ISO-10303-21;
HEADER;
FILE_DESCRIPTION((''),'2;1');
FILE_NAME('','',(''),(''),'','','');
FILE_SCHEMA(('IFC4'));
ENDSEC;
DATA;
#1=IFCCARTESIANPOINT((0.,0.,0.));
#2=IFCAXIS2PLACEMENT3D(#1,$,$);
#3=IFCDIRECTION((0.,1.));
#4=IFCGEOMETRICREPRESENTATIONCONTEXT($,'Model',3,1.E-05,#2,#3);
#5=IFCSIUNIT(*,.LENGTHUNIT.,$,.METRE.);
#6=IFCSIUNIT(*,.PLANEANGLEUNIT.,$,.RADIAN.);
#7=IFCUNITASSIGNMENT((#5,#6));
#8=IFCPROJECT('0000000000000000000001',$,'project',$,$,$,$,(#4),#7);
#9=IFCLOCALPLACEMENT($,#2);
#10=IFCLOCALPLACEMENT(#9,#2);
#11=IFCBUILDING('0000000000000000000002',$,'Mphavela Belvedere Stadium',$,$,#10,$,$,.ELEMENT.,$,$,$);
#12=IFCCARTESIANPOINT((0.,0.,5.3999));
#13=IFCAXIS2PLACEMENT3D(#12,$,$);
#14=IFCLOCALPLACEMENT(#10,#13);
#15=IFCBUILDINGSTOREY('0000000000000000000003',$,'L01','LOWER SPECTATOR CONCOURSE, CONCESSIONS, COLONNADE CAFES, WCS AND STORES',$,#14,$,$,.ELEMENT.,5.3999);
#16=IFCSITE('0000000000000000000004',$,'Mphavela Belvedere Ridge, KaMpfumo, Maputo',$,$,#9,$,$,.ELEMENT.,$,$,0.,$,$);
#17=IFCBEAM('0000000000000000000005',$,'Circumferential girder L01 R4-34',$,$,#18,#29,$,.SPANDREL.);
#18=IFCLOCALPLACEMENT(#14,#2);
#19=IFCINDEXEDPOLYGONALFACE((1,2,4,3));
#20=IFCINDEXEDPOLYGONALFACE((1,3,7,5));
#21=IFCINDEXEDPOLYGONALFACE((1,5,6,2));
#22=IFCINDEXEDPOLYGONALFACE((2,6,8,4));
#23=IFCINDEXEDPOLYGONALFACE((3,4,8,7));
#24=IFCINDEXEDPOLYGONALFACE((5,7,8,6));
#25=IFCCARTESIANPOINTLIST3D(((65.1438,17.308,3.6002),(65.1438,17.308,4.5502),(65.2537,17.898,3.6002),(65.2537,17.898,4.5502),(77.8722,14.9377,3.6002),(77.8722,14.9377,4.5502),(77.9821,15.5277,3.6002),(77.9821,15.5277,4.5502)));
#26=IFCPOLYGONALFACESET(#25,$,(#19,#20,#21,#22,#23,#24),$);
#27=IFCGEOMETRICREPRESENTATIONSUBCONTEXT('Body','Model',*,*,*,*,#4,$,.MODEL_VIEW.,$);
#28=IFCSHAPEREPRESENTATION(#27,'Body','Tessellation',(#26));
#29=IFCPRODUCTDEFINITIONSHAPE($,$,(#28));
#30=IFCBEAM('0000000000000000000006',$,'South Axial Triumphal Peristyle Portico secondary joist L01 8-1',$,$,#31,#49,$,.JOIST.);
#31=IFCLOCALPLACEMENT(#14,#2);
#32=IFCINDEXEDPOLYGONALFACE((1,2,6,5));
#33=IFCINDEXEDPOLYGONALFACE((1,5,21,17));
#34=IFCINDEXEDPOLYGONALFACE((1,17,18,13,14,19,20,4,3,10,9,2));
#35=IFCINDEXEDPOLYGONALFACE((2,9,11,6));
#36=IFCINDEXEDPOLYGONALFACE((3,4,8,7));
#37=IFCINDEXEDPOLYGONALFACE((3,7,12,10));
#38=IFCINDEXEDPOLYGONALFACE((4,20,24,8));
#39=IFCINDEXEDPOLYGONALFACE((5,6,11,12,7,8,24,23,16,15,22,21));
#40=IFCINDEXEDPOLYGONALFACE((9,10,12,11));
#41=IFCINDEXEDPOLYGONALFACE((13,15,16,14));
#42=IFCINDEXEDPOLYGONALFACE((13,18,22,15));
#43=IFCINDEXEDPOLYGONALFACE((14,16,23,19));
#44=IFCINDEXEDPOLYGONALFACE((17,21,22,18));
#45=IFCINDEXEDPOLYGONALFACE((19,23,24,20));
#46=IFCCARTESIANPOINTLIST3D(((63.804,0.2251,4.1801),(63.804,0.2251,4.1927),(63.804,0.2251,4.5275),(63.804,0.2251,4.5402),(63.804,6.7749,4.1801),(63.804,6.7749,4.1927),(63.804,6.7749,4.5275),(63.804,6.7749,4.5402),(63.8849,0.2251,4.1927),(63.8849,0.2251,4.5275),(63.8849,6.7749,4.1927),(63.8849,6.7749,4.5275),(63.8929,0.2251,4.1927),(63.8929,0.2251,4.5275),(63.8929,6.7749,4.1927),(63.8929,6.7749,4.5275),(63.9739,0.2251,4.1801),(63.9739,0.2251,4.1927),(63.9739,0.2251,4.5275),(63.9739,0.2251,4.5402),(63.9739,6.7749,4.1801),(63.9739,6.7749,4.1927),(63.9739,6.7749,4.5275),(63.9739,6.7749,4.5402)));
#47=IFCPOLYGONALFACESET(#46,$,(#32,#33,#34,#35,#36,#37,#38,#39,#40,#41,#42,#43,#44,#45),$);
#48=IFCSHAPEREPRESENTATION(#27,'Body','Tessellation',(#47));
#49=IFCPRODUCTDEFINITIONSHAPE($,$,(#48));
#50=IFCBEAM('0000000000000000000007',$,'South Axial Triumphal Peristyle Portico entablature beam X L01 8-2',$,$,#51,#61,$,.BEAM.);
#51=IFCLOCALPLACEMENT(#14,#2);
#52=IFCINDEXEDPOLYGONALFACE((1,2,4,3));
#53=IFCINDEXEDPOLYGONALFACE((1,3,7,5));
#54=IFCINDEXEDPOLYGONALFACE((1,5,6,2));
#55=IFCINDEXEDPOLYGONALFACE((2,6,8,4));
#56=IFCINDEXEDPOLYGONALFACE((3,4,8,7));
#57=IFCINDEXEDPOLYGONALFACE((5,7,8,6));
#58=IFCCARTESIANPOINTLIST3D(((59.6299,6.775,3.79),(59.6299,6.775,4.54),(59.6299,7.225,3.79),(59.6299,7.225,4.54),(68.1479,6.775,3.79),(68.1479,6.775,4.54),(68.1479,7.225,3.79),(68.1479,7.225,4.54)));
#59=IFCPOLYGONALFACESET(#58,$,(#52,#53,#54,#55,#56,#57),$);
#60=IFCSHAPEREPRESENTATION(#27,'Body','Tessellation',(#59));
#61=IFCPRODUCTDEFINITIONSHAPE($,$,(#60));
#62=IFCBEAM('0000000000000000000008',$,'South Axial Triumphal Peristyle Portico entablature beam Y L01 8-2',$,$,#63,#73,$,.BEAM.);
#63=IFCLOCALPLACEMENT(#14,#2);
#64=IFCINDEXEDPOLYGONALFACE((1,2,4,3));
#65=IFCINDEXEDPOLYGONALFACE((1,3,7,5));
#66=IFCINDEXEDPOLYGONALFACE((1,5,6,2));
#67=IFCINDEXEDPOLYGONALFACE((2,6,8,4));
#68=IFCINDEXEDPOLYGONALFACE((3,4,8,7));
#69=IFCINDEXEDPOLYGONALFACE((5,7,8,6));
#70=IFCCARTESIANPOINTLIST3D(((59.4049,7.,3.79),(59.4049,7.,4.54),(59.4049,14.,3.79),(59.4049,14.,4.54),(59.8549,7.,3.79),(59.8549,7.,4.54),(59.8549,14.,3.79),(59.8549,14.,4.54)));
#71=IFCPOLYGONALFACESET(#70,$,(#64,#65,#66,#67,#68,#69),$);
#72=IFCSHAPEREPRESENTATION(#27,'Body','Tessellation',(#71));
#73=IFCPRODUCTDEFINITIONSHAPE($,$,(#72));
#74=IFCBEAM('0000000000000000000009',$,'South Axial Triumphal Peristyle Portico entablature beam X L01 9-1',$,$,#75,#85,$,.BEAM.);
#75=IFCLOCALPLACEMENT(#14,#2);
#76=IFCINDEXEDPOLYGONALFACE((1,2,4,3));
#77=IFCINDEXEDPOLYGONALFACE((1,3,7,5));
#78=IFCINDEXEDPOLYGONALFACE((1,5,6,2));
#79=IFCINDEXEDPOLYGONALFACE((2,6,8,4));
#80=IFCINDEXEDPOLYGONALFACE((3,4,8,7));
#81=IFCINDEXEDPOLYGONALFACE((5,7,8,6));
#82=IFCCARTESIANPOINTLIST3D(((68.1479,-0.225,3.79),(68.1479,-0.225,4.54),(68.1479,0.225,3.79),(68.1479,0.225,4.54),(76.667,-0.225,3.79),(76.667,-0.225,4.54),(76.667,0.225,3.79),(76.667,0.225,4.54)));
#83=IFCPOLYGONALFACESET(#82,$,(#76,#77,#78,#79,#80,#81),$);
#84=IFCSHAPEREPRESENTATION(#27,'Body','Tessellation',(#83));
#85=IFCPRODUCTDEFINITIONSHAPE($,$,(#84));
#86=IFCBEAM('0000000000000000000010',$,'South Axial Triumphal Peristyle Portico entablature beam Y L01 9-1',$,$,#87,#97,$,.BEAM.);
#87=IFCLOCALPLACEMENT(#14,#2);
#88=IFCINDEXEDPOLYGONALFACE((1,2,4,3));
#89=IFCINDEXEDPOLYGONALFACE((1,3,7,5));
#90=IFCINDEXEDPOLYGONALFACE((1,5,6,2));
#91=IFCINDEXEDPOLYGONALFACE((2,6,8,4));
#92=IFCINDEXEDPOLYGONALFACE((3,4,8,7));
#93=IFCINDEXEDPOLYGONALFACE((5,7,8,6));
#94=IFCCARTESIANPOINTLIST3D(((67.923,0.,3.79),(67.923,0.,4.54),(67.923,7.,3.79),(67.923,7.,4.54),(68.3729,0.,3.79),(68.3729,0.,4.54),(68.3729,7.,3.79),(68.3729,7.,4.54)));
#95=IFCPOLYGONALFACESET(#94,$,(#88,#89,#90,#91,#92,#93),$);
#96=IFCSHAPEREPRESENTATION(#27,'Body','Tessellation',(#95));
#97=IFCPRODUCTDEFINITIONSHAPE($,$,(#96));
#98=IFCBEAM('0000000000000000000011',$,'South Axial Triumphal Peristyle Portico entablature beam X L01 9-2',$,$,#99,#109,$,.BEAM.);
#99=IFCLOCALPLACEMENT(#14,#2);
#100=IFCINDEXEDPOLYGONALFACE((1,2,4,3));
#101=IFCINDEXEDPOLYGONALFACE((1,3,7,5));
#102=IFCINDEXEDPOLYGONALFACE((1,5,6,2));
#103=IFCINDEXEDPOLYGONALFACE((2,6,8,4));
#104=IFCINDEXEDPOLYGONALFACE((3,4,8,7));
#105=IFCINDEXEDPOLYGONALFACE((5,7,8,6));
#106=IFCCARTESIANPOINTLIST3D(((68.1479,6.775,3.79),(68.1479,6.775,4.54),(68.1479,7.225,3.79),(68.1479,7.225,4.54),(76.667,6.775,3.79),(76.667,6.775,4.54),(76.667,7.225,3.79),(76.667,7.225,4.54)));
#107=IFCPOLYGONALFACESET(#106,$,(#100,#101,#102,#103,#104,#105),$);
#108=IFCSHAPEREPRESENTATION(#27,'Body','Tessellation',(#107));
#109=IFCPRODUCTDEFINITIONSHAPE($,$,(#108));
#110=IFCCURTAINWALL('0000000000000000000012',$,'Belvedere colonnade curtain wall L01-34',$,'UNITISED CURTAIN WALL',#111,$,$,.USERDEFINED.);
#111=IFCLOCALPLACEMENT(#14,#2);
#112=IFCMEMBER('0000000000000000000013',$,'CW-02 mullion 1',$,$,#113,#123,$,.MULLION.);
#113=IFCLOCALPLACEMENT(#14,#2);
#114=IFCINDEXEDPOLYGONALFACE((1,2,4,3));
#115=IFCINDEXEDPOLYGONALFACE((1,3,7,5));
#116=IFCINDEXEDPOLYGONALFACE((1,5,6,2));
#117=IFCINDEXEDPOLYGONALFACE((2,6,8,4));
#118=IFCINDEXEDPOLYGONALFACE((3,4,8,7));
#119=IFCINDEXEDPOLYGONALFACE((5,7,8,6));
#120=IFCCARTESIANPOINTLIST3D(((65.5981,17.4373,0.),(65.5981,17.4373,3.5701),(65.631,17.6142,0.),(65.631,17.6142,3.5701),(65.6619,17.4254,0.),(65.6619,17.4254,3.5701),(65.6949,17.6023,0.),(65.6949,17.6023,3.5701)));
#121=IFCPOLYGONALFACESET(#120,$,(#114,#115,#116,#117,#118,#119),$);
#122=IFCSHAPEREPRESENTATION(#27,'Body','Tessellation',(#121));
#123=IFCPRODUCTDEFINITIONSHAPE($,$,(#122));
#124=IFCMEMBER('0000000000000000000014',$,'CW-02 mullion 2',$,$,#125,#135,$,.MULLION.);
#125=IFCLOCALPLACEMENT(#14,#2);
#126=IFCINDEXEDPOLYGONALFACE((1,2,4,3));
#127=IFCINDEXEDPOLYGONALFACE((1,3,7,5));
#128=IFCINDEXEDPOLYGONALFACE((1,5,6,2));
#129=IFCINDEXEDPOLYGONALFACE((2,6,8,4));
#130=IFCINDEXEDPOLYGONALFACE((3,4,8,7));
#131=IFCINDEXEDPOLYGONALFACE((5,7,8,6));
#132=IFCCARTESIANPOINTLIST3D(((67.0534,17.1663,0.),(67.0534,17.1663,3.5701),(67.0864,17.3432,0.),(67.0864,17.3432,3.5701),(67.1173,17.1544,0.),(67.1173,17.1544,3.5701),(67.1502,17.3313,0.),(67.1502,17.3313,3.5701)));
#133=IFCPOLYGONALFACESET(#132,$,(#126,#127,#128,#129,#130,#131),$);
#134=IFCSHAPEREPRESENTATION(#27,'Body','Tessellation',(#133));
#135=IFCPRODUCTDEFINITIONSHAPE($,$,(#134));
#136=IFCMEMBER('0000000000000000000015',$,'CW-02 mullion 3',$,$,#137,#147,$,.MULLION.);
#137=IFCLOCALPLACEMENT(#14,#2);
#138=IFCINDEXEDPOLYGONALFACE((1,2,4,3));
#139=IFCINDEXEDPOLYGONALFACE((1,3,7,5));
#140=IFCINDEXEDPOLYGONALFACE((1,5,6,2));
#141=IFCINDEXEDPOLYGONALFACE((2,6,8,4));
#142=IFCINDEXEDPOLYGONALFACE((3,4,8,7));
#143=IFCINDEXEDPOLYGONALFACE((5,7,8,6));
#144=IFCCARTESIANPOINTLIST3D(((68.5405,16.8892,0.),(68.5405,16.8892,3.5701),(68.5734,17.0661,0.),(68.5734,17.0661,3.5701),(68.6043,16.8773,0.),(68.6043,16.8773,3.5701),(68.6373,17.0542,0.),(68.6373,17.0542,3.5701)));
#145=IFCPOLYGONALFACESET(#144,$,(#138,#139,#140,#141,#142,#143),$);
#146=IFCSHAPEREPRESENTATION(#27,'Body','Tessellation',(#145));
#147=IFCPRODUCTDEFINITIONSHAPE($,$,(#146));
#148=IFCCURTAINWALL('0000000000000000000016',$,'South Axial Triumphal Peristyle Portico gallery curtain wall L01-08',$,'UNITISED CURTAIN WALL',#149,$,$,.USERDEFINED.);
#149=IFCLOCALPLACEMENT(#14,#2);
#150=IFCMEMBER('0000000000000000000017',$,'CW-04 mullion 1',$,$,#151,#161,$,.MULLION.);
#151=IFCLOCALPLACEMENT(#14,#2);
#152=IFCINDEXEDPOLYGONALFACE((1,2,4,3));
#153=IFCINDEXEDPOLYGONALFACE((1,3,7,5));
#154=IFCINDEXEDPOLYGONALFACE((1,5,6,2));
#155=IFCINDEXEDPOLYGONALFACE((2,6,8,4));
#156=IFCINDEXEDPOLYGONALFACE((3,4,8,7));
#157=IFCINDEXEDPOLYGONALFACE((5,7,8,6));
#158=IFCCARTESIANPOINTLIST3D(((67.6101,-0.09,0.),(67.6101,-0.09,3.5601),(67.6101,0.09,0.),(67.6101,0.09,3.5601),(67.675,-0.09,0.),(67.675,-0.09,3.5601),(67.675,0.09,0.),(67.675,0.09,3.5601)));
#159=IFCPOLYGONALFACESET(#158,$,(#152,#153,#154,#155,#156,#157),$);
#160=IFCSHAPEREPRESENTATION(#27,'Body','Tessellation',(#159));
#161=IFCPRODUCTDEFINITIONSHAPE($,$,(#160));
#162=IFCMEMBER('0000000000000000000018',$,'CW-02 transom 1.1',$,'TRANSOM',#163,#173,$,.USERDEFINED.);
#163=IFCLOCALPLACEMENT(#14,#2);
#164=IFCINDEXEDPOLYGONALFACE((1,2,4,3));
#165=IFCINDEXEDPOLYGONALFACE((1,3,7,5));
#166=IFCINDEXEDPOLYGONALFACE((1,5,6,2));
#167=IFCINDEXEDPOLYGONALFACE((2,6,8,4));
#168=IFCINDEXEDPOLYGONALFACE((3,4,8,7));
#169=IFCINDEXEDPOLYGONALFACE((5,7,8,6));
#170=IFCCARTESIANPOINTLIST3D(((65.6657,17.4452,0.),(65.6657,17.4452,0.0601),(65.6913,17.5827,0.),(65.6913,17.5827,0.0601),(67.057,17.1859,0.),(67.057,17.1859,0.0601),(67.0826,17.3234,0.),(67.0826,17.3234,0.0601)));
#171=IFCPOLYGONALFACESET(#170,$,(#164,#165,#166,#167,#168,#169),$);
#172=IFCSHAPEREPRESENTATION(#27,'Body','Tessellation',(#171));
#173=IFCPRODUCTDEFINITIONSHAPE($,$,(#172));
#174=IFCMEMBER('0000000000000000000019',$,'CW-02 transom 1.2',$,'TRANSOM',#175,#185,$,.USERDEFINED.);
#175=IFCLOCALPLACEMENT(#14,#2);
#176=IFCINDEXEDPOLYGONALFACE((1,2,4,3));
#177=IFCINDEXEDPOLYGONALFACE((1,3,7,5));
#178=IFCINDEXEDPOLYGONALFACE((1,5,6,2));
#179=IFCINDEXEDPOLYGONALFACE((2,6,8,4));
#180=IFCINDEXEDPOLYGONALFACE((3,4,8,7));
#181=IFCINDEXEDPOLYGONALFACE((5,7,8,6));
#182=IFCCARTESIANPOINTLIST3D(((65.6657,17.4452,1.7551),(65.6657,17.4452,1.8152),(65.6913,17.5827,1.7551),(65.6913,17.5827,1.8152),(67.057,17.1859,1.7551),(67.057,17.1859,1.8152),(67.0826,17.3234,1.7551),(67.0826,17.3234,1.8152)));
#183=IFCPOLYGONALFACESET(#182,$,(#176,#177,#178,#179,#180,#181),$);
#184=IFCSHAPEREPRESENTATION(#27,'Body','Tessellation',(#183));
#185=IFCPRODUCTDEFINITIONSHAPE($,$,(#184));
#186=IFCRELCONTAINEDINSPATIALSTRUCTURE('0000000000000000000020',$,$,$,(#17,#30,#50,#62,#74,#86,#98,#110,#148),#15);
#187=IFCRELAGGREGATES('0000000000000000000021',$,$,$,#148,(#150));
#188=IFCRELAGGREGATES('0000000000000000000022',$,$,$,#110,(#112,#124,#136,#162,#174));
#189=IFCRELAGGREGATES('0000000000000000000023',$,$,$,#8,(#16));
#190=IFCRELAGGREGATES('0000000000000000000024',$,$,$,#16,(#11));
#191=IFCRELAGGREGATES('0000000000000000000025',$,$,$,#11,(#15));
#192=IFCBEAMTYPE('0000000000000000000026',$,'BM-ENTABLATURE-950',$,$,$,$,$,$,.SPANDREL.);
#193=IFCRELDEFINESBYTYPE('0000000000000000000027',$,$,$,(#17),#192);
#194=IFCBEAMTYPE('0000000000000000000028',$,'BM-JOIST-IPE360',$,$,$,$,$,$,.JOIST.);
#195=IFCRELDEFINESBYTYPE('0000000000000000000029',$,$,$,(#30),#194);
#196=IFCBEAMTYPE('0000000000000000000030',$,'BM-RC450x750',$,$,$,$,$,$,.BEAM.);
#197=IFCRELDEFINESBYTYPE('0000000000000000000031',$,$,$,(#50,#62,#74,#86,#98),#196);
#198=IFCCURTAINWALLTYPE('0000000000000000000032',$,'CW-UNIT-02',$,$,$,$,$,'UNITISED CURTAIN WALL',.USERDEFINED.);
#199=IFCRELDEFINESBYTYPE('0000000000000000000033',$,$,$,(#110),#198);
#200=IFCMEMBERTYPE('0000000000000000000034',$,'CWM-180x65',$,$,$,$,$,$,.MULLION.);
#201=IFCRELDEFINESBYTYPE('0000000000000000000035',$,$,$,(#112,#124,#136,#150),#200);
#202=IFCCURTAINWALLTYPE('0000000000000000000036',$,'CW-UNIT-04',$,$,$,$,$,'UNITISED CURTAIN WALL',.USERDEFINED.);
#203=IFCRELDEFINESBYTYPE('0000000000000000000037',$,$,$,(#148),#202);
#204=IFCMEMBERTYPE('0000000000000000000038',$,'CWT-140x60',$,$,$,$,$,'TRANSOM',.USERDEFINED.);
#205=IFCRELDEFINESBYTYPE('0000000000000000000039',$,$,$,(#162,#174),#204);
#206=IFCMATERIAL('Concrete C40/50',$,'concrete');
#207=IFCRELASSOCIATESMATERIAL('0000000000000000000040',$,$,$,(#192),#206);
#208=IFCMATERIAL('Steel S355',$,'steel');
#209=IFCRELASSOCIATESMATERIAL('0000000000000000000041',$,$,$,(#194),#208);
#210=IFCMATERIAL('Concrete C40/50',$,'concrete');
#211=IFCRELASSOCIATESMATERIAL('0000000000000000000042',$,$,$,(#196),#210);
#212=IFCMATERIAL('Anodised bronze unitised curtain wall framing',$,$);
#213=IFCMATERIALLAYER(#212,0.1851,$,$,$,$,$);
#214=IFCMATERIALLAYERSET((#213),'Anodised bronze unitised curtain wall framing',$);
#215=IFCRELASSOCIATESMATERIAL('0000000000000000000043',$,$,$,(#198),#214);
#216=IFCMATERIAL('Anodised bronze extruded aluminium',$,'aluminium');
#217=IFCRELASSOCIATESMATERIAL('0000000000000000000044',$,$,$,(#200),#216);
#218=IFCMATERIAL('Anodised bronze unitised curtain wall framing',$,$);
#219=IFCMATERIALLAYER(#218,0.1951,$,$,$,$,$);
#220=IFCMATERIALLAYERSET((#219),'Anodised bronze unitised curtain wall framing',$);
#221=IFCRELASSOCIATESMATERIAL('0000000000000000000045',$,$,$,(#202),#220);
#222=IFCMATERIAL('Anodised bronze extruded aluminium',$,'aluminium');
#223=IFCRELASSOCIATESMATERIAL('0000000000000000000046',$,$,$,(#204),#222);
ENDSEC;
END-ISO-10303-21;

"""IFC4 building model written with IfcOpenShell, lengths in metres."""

from ifc_helpers import new_model, si_unit, direction, frame, origin, origin_2d, place, context, subcontext, project, spatial, rectangle, i_section, extrude, material, layer, layer_set, material_profile, profile_set, type_object, element, aggregate, save


model = new_model("IFC4")

# Units and contexts
model_context = context("Model", 3, precision=1e-05, world=origin(), true_north=direction((0.0, 1.0)))
body_context = subcontext(model_context, "Body", "Model", "MODEL_VIEW")
ifc_project = project(units=[si_unit("LENGTHUNIT", "METRE"), si_unit("PLANEANGLEUNIT", "RADIAN")], contexts=[model_context])

# Site, building, storey
site_placement = place(None, origin())
site = spatial("IfcSite", under=ifc_project, at=site_placement, Name="Mphavela Belvedere Ridge, KaMpfumo, Maputo", CompositionType="ELEMENT", RefElevation=0.0)
building_placement = place(site_placement, origin())
building = spatial("IfcBuilding", under=site, at=building_placement, Name="Mphavela Belvedere Stadium", CompositionType="ELEMENT")
storey_placement = place(building_placement, frame((0.0, 0.0, 5.3999)))
storey = spatial("IfcBuildingStorey", under=building, at=storey_placement, Name="L01", Description="LOWER SPECTATOR CONCOURSE, CONCESSIONS, COLONNADE CAFES, WCS AND STORES", CompositionType="ELEMENT", Elevation=5.3999)

# Beams
ifc_material_1 = material(Name="Concrete C40/50", Category="concrete")
ifc_material_profile_1 = material_profile(ifc_material_1, rectangle(XDim=0.6001, YDim=0.95, at=origin_2d()), Name="RC 600x950")
ifc_profile_set_1 = profile_set([ifc_material_profile_1], Name="Concrete C40/50")
beam_type_1 = type_object("IfcBeamType", Name="BM-ENTABLATURE-950", PredefinedType="SPANDREL", material=ifc_profile_set_1)
beam_1_placement = place(storey_placement, frame((65.1987, 17.603, 4.0752), z_axis=(0.983099, -0.183077, 0.0), x_axis=(0.183077, 0.983099, 0.0)))
element("IfcBeam", 1, at=beam_1_placement, inside=storey, type_object=beam_type_1, Name="Circumferential girder L01 R4-34", PredefinedType="SPANDREL", context=body_context, shape_type="SweptSolid", body=[
    extrude(rectangle(XDim=0.6001, YDim=0.95, at=origin_2d()), origin(), (0.0, 0.0, 1.0), 12.9473),
])
ifc_material_2 = material(Name="Steel S355", Category="steel")
ifc_material_profile_2 = material_profile(ifc_material_2, i_section(OverallWidth=0.1699, OverallDepth=0.3601, WebThickness=0.0081, FlangeThickness=0.0127, at=origin_2d()), Name="IPE 360")
ifc_profile_set_2 = profile_set([ifc_material_profile_2], Name="Steel S355")
beam_type_2 = type_object("IfcBeamType", Name="BM-JOIST-IPE360", PredefinedType="JOIST", material=ifc_profile_set_2)
beam_2_placement = place(storey_placement, frame((63.8889, 0.2251, 4.3601), z_axis=(0.0, 1.0, 0.0), x_axis=(-1.0, 0.0, 0.0)))
element("IfcBeam", 2, at=beam_2_placement, inside=storey, type_object=beam_type_2, Name="South Axial Triumphal Peristyle Portico secondary joist L01 8-1", PredefinedType="JOIST", context=body_context, shape_type="SweptSolid", body=[
    extrude(i_section(OverallWidth=0.1699, OverallDepth=0.3601, WebThickness=0.0081, FlangeThickness=0.0127, at=origin_2d()), origin(), (0.0, 0.0, 1.0), 6.5498),
])
ifc_material_3 = material(Name="Concrete C40/50", Category="concrete")
ifc_material_profile_3 = material_profile(ifc_material_3, rectangle(XDim=0.45, YDim=0.75, at=origin_2d()), Name="RC 450x750")
ifc_profile_set_3 = profile_set([ifc_material_profile_3], Name="Concrete C40/50")
beam_type_3 = type_object("IfcBeamType", Name="BM-RC450x750", PredefinedType="BEAM", material=ifc_profile_set_3)
beam_3_placement = place(storey_placement, frame((59.6299, 7.0, 4.165), z_axis=(1.0, 0.0, 0.0), x_axis=(0.0, 1.0, 0.0)))
element("IfcBeam", 3, at=beam_3_placement, inside=storey, type_object=beam_type_3, Name="South Axial Triumphal Peristyle Portico entablature beam X L01 8-2", PredefinedType="BEAM", context=body_context, shape_type="SweptSolid", body=[
    extrude(rectangle(XDim=0.45, YDim=0.75, at=origin_2d()), origin(), (0.0, 0.0, 1.0), 8.5181),
])
beam_4_placement = place(storey_placement, frame((59.6299, 7.0, 4.165), z_axis=(0.0, 1.0, 0.0), x_axis=(-1.0, 0.0, 0.0)))
element("IfcBeam", 4, at=beam_4_placement, inside=storey, type_object=beam_type_3, Name="South Axial Triumphal Peristyle Portico entablature beam Y L01 8-2", PredefinedType="BEAM", context=body_context, shape_type="SweptSolid", body=[
    extrude(rectangle(XDim=0.45, YDim=0.75, at=origin_2d()), origin(), (0.0, 0.0, 1.0), 7.0),
])
beam_5_placement = place(storey_placement, frame((68.1479, 0.0, 4.165), z_axis=(1.0, 0.0, 0.0), x_axis=(0.0, 1.0, 0.0)))
element("IfcBeam", 5, at=beam_5_placement, inside=storey, type_object=beam_type_3, Name="South Axial Triumphal Peristyle Portico entablature beam X L01 9-1", PredefinedType="BEAM", context=body_context, shape_type="SweptSolid", body=[
    extrude(rectangle(XDim=0.45, YDim=0.75, at=origin_2d()), origin(), (0.0, 0.0, 1.0), 8.519),
])
beam_6_placement = place(storey_placement, frame((68.1479, 0.0, 4.165), z_axis=(0.0, 1.0, 0.0), x_axis=(-1.0, 0.0, 0.0)))
element("IfcBeam", 6, at=beam_6_placement, inside=storey, type_object=beam_type_3, Name="South Axial Triumphal Peristyle Portico entablature beam Y L01 9-1", PredefinedType="BEAM", context=body_context, shape_type="SweptSolid", body=[
    extrude(rectangle(XDim=0.45, YDim=0.75, at=origin_2d()), origin(), (0.0, 0.0, 1.0), 7.0),
])
beam_7_placement = place(storey_placement, frame((68.1479, 7.0, 4.165), z_axis=(1.0, 0.0, 0.0), x_axis=(0.0, 1.0, 0.0)))
element("IfcBeam", 7, at=beam_7_placement, inside=storey, type_object=beam_type_3, Name="South Axial Triumphal Peristyle Portico entablature beam X L01 9-2", PredefinedType="BEAM", context=body_context, shape_type="SweptSolid", body=[
    extrude(rectangle(XDim=0.45, YDim=0.75, at=origin_2d()), origin(), (0.0, 0.0, 1.0), 8.519),
])

# Curtain wall, members
ifc_material_4 = material(Name="Anodised bronze unitised curtain wall framing")
ifc_layer_1 = layer(ifc_material_4, 0.1851)
ifc_layer_set_1 = layer_set([ifc_layer_1], Name="Anodised bronze unitised curtain wall framing")
curtain_wall_type_1 = type_object("IfcCurtainWallType", Name="CW-UNIT-02", ElementType="UNITISED CURTAIN WALL", PredefinedType="USERDEFINED", material=ifc_layer_set_1)
curtain_wall_1_placement = place(storey_placement, origin())
curtain_wall_1 = element("IfcCurtainWall", 8, at=curtain_wall_1_placement, inside=storey, type_object=curtain_wall_type_1, Name="Belvedere colonnade curtain wall L01-34", ObjectType="UNITISED CURTAIN WALL", PredefinedType="USERDEFINED")
ifc_material_5 = material(Name="Anodised bronze extruded aluminium", Category="aluminium")
ifc_material_profile_4 = material_profile(ifc_material_5, rectangle(XDim=0.1799, YDim=0.0649, at=origin_2d()), Name="CW-MUL 180x65")
ifc_profile_set_4 = profile_set([ifc_material_profile_4], Name="Anodised bronze extruded aluminium")
member_type_1 = type_object("IfcMemberType", Name="CWM-180x65", PredefinedType="MULLION", material=ifc_profile_set_4)
member_1_placement = place(storey_placement, frame((65.6465, 17.5198, 0.0), z_axis=(0.0, 0.0, 1.0), x_axis=(0.183095, 0.983095, 0.0)))
member_1 = element("IfcMember", 9, at=member_1_placement, type_object=member_type_1, Name="CW-02 mullion 1", PredefinedType="MULLION", context=body_context, shape_type="SweptSolid", body=[
    extrude(rectangle(XDim=0.1799, YDim=0.0649, at=origin_2d()), origin(), (0.0, 0.0, 1.0), 3.5701),
])
member_2_placement = place(storey_placement, frame((67.1018, 17.2488, 0.0), z_axis=(0.0, 0.0, 1.0), x_axis=(0.183095, 0.983095, 0.0)))
member_2 = element("IfcMember", 10, at=member_2_placement, type_object=member_type_1, Name="CW-02 mullion 2", PredefinedType="MULLION", context=body_context, shape_type="SweptSolid", body=[
    extrude(rectangle(XDim=0.1799, YDim=0.0649, at=origin_2d()), origin(), (0.0, 0.0, 1.0), 3.5701),
])
member_3_placement = place(storey_placement, frame((68.5889, 16.9717, 0.0), z_axis=(0.0, 0.0, 1.0), x_axis=(0.183095, 0.983095, 0.0)))
member_3 = element("IfcMember", 11, at=member_3_placement, type_object=member_type_1, Name="CW-02 mullion 3", PredefinedType="MULLION", context=body_context, shape_type="SweptSolid", body=[
    extrude(rectangle(XDim=0.1799, YDim=0.0649, at=origin_2d()), origin(), (0.0, 0.0, 1.0), 3.5701),
])

# Curtain wall, member
ifc_material_6 = material(Name="Anodised bronze unitised curtain wall framing")
ifc_layer_2 = layer(ifc_material_6, 0.1951)
ifc_layer_set_2 = layer_set([ifc_layer_2], Name="Anodised bronze unitised curtain wall framing")
curtain_wall_type_2 = type_object("IfcCurtainWallType", Name="CW-UNIT-04", ElementType="UNITISED CURTAIN WALL", PredefinedType="USERDEFINED", material=ifc_layer_set_2)
curtain_wall_2_placement = place(storey_placement, origin())
curtain_wall_2 = element("IfcCurtainWall", 12, at=curtain_wall_2_placement, inside=storey, type_object=curtain_wall_type_2, Name="South Axial Triumphal Peristyle Portico gallery curtain wall L01-08", ObjectType="UNITISED CURTAIN WALL", PredefinedType="USERDEFINED")
member_4_placement = place(storey_placement, frame((67.6426, 0.0, 0.0), z_axis=(0.0, 0.0, 1.0), x_axis=(0.0, -1.0, 0.0)))
member_4 = element("IfcMember", 13, at=member_4_placement, type_object=member_type_1, Name="CW-04 mullion 1", PredefinedType="MULLION", context=body_context, shape_type="SweptSolid", body=[
    extrude(rectangle(XDim=0.1799, YDim=0.0649, at=origin_2d()), origin(), (0.0, 0.0, 1.0), 3.5601),
])

# Members
ifc_material_7 = material(Name="Anodised bronze extruded aluminium", Category="aluminium")
ifc_material_profile_5 = material_profile(ifc_material_7, rectangle(XDim=0.1399, YDim=0.0601, at=origin_2d()), Name="CW-TRN 140x60")
ifc_profile_set_5 = profile_set([ifc_material_profile_5], Name="Anodised bronze extruded aluminium")
member_type_2 = type_object("IfcMemberType", Name="CWT-140x60", ElementType="TRANSOM", PredefinedType="USERDEFINED", material=ifc_profile_set_5)
member_5_placement = place(storey_placement, frame((65.6785, 17.5139, 0.03), z_axis=(0.983077, -0.183195, 0.0), x_axis=(0.183195, 0.983077, 0.0)))
member_5 = element("IfcMember", 14, at=member_5_placement, type_object=member_type_2, Name="CW-02 transom 1.1", ObjectType="TRANSOM", PredefinedType="USERDEFINED", context=body_context, shape_type="SweptSolid", body=[
    extrude(rectangle(XDim=0.1399, YDim=0.0601, at=origin_2d()), origin(), (0.0, 0.0, 1.0), 1.4153),
])
member_6_placement = place(storey_placement, frame((65.6785, 17.5139, 1.7852), z_axis=(0.983077, -0.183195, 0.0), x_axis=(0.183195, 0.983077, 0.0)))
member_6 = element("IfcMember", 15, at=member_6_placement, type_object=member_type_2, Name="CW-02 transom 1.2", ObjectType="TRANSOM", PredefinedType="USERDEFINED", context=body_context, shape_type="SweptSolid", body=[
    extrude(rectangle(XDim=0.1399, YDim=0.0601, at=origin_2d()), origin(), (0.0, 0.0, 1.0), 1.4153),
])
aggregate(curtain_wall_2, [member_4])

aggregate(curtain_wall_1, [member_1, member_2, member_3, member_5, member_6])

save(model, "model.ifc")
